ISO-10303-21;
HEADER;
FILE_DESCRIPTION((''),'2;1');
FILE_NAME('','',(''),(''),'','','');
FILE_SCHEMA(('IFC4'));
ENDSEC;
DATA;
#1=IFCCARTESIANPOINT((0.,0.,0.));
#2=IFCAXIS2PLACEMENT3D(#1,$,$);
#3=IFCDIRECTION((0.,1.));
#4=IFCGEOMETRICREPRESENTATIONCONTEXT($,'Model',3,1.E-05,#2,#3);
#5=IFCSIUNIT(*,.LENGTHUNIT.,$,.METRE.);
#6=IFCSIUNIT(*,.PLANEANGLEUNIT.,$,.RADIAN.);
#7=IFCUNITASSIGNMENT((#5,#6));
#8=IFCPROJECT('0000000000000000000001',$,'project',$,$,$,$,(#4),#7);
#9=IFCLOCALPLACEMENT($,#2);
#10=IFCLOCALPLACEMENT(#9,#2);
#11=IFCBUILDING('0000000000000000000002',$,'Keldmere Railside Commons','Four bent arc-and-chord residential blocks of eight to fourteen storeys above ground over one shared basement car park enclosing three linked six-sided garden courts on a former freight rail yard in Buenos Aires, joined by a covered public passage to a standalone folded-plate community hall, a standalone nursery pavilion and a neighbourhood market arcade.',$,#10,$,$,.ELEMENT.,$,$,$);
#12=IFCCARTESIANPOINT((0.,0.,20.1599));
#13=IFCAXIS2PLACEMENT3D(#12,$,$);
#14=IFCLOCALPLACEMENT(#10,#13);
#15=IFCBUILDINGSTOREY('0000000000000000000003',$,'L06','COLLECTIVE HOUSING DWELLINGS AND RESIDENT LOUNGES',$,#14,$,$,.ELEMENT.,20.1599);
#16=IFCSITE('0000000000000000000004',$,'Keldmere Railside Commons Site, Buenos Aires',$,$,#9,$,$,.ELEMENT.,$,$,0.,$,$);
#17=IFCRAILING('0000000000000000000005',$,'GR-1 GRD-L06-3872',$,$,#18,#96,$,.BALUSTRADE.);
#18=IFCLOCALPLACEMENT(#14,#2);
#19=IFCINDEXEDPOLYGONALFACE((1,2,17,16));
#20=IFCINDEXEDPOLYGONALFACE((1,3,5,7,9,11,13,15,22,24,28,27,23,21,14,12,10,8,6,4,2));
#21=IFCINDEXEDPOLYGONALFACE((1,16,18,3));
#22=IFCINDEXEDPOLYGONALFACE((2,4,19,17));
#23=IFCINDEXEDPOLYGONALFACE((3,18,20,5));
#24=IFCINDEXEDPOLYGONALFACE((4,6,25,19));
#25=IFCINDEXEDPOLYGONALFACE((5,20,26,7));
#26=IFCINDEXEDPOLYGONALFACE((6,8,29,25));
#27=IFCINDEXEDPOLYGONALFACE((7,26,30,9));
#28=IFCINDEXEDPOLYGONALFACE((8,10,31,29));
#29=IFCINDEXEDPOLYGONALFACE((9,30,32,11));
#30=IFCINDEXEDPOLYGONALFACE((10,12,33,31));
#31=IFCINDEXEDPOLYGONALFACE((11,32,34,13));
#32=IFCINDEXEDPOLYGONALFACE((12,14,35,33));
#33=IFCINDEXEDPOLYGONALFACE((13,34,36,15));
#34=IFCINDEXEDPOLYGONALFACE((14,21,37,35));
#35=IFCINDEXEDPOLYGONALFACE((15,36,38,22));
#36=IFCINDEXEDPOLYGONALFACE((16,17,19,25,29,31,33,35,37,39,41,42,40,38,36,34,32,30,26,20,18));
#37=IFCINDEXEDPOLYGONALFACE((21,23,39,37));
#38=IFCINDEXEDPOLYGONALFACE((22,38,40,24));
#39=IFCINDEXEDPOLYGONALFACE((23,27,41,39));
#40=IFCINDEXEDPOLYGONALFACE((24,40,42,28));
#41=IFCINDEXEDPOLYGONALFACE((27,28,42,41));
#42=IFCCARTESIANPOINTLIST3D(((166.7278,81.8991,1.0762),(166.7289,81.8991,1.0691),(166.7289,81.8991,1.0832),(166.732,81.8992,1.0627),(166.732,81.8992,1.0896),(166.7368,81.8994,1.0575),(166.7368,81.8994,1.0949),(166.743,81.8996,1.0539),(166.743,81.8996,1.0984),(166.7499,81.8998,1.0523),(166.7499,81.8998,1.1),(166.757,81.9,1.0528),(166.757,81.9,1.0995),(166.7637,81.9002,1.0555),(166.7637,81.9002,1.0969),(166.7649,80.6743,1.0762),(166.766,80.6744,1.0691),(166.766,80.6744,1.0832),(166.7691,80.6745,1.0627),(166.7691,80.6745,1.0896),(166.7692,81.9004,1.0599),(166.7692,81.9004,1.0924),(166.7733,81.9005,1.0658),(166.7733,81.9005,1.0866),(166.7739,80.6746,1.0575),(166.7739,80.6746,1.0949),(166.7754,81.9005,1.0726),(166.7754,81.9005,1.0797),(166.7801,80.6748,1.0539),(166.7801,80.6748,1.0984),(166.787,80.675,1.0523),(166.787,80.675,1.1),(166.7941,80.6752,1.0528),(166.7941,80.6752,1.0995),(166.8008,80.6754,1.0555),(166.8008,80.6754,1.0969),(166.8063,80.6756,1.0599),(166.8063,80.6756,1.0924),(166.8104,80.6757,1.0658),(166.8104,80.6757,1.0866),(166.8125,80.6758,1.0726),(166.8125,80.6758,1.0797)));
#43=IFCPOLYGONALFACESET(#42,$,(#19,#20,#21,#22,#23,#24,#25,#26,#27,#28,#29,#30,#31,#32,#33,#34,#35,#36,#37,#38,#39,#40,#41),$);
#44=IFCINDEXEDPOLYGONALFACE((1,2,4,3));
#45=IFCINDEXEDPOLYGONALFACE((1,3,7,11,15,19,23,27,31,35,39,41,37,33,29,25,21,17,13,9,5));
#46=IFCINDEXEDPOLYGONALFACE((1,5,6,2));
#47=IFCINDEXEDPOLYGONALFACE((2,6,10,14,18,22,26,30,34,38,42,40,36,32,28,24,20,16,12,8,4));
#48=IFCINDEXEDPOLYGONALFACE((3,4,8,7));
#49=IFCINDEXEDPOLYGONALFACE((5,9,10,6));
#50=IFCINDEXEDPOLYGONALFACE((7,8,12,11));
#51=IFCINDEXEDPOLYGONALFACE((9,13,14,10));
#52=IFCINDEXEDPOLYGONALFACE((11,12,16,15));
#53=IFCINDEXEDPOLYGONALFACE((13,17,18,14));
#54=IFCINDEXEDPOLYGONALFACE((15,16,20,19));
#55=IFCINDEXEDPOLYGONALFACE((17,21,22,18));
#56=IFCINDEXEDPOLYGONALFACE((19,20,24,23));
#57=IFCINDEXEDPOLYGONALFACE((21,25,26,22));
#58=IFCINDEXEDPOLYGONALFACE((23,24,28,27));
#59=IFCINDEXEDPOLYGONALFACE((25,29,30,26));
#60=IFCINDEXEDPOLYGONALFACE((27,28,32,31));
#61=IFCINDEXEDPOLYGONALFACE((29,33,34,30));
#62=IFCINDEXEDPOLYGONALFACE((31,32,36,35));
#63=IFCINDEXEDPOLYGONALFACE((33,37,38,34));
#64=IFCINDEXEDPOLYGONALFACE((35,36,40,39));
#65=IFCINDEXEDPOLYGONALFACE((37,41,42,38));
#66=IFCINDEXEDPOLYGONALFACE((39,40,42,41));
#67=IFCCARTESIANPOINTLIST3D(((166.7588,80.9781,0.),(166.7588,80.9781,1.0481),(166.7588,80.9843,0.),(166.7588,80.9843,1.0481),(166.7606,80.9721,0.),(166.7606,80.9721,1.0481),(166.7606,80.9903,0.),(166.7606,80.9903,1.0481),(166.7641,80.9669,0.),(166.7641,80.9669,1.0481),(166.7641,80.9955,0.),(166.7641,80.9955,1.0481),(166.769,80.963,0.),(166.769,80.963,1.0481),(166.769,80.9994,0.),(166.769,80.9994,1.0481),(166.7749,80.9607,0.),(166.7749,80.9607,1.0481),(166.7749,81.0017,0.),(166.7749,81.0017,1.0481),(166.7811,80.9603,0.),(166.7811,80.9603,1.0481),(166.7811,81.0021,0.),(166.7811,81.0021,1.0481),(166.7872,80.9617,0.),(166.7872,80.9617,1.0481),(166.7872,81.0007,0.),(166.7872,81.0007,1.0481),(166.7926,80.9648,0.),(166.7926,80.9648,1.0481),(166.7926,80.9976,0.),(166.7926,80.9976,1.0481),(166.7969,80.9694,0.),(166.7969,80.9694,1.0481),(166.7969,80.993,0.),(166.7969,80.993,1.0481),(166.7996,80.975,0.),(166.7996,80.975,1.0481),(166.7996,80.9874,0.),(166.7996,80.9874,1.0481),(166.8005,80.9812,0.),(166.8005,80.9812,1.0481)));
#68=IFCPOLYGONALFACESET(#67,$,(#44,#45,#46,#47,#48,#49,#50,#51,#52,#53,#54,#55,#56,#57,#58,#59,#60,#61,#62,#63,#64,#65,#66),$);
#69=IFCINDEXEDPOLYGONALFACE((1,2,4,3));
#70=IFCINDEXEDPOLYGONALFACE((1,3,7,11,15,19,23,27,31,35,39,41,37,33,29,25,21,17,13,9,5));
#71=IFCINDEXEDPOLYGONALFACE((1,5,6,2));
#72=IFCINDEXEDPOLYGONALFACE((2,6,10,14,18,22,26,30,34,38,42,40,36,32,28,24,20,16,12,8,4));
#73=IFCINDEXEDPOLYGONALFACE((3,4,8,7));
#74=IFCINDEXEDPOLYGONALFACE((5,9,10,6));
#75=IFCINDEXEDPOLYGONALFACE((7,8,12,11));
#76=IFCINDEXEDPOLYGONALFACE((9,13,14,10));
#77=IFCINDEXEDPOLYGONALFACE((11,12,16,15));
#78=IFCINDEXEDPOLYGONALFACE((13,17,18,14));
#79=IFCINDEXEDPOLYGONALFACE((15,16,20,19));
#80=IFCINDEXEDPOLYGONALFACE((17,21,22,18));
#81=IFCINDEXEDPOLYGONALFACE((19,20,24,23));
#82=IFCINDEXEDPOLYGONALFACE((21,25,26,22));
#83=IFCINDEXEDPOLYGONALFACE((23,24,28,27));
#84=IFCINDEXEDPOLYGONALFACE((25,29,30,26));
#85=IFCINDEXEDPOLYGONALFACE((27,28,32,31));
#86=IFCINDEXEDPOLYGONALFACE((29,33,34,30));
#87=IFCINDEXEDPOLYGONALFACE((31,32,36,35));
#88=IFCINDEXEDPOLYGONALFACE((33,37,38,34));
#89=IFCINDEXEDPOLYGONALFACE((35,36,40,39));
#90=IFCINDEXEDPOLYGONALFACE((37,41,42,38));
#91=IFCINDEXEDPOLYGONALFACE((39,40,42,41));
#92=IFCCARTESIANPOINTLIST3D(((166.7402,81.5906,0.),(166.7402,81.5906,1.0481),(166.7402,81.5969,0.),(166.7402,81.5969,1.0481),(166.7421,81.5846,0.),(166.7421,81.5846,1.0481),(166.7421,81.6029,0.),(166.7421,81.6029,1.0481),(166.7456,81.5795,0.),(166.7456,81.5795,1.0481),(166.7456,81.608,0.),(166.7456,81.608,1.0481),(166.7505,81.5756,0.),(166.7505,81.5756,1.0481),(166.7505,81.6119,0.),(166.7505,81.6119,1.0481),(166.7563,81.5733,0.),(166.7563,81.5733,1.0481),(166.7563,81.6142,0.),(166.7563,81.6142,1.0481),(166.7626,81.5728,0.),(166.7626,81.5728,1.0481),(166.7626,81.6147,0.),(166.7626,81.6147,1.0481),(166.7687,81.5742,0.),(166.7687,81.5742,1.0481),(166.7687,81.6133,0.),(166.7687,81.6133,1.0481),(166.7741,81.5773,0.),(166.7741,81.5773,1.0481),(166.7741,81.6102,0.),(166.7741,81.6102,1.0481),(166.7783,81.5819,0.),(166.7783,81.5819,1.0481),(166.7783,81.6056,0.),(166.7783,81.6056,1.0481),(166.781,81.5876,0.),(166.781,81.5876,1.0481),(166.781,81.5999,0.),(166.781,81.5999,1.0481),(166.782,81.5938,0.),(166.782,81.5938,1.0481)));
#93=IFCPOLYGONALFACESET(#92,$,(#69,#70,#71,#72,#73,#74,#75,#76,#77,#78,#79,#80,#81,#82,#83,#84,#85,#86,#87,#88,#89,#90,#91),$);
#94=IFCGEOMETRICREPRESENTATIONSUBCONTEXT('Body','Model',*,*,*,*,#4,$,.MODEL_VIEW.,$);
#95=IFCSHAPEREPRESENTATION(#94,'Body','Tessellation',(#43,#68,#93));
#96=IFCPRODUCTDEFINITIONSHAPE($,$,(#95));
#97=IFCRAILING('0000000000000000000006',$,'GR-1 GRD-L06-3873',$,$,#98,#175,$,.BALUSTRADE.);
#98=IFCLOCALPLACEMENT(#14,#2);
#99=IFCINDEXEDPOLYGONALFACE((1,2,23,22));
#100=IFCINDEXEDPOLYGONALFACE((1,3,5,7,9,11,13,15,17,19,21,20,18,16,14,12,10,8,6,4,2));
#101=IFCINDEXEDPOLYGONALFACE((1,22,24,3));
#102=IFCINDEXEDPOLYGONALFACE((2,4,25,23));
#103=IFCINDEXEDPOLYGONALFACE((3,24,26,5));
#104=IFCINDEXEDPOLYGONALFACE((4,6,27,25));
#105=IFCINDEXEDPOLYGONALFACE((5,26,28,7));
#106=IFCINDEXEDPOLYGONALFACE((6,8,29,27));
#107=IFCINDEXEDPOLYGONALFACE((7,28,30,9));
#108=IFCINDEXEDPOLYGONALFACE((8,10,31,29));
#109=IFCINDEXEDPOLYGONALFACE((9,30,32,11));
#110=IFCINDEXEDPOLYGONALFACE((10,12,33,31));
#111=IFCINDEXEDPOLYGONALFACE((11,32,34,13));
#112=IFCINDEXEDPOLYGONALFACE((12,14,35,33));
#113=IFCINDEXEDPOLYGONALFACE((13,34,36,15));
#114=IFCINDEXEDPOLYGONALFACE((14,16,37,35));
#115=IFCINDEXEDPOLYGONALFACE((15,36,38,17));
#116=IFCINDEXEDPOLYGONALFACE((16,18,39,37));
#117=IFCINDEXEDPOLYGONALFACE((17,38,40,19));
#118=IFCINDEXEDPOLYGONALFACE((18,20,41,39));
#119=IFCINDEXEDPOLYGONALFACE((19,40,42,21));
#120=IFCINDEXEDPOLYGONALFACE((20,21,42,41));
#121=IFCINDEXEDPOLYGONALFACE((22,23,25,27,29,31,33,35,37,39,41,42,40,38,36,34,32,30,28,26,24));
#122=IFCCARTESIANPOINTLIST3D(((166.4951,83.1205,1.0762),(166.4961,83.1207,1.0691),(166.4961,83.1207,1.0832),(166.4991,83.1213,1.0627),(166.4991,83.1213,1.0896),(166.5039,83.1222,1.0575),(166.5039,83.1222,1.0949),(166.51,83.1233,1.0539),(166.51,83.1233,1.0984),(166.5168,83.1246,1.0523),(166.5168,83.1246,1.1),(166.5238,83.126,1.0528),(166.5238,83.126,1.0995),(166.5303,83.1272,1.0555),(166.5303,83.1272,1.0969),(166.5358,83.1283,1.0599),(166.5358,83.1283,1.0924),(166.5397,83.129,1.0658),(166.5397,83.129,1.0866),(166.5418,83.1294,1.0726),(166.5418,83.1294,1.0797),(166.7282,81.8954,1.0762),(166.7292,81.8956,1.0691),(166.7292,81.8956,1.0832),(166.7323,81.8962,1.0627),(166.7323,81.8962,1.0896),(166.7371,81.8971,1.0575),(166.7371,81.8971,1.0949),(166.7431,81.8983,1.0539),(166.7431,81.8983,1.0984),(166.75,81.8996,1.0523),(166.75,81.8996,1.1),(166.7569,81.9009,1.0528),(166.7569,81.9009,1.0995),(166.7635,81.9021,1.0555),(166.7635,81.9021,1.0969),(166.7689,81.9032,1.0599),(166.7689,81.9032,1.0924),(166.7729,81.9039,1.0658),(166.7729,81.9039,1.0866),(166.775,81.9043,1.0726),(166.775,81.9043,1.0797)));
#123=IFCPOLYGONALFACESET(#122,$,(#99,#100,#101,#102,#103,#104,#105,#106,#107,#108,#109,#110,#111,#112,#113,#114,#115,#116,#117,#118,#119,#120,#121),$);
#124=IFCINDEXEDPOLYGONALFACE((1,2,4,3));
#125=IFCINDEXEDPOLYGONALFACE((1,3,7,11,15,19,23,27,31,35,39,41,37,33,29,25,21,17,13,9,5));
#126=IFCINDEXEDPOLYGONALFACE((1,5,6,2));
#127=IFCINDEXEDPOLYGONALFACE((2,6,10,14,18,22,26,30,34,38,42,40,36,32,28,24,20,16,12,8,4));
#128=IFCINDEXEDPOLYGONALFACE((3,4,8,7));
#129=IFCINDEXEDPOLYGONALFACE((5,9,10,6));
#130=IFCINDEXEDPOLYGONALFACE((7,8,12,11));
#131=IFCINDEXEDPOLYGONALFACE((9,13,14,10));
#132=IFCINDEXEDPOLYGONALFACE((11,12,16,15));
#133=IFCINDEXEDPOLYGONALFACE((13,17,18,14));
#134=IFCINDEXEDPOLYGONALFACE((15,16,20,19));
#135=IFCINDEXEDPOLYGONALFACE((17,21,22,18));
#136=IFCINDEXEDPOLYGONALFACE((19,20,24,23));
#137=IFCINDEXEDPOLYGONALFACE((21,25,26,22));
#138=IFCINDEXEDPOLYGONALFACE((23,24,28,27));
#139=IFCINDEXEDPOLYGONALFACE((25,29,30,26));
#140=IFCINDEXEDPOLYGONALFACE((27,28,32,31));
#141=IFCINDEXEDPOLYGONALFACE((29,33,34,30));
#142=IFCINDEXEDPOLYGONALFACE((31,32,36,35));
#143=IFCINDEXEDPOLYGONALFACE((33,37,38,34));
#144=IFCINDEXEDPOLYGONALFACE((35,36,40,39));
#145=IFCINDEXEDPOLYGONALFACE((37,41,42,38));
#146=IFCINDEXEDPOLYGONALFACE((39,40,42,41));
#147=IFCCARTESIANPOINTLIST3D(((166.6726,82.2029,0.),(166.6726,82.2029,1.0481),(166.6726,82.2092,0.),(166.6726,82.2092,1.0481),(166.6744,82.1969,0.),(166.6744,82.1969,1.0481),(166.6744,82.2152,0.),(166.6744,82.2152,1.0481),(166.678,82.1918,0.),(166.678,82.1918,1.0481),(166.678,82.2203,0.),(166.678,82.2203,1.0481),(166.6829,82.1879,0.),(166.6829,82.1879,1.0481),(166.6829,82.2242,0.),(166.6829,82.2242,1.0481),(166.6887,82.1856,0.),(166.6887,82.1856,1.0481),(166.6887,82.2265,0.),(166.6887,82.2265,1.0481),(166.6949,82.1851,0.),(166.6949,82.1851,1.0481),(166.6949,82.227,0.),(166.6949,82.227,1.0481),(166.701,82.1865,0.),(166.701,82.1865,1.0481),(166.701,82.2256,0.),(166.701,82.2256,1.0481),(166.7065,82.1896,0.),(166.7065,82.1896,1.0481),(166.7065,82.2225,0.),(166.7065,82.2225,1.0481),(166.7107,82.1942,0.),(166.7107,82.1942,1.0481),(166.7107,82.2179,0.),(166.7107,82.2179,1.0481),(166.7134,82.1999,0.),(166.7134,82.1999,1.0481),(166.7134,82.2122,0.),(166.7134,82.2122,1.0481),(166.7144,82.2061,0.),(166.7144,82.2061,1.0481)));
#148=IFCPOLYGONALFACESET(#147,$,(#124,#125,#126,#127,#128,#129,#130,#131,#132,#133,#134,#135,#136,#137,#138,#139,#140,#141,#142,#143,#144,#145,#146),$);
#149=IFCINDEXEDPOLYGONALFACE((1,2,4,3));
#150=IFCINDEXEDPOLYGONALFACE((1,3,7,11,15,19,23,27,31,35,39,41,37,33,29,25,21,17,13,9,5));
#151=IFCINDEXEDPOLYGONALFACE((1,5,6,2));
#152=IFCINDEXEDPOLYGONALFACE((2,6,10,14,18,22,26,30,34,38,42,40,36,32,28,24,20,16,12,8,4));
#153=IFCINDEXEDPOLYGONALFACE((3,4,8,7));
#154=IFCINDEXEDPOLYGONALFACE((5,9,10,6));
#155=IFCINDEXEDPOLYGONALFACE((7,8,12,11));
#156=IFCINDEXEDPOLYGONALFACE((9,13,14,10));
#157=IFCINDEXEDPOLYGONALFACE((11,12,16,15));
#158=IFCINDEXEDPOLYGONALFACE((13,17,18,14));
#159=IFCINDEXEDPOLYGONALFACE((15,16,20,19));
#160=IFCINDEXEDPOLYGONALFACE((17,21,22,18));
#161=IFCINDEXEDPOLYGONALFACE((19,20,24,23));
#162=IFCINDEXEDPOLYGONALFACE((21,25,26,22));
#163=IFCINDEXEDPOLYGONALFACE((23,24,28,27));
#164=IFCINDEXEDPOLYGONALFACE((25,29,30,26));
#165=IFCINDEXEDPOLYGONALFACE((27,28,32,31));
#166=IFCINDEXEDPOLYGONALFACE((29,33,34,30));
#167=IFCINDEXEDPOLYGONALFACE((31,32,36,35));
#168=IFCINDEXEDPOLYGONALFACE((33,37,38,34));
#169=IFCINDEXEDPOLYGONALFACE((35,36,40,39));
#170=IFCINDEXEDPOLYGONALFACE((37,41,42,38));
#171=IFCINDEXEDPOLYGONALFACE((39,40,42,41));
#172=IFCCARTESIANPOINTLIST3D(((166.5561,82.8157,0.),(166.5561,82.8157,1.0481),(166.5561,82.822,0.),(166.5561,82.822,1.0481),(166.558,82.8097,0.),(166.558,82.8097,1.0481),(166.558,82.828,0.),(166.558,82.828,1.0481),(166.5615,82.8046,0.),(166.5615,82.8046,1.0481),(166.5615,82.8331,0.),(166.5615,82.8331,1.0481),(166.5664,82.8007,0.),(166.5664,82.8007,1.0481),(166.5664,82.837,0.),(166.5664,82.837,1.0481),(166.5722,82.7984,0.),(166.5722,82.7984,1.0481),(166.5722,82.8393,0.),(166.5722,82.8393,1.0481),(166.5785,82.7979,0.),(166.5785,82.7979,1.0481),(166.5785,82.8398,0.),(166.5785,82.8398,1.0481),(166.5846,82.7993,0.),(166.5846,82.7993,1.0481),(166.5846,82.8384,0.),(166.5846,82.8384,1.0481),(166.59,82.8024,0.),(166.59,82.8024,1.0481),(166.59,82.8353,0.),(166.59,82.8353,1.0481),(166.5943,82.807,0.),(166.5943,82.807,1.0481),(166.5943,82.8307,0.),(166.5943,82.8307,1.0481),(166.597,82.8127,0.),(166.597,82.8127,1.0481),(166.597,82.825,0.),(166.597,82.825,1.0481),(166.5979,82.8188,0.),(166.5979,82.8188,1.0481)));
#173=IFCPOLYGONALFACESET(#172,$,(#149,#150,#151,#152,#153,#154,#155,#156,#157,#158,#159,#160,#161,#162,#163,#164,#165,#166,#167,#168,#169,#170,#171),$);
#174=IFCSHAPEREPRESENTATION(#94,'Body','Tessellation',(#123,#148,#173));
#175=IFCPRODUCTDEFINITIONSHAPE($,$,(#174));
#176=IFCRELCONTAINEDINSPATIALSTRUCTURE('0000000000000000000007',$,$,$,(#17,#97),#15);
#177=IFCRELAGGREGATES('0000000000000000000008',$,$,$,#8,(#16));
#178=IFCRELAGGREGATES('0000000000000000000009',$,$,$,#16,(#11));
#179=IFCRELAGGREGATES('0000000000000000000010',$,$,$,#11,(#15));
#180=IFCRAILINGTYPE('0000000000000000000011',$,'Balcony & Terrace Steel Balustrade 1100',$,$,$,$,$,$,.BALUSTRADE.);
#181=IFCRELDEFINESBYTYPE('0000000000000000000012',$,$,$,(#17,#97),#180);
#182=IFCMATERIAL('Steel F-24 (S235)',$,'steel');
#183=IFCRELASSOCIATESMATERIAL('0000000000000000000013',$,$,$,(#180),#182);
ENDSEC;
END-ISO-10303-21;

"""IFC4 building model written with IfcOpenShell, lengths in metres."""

from ifc_helpers import new_model, si_unit, direction, frame, origin, origin_2d, place, context, subcontext, project, spatial, circle, extrude, material, type_object, element, save


model = new_model("IFC4")

# Units and contexts
model_context = context("Model", 3, precision=1e-05, world=origin(), true_north=direction((0.0, 1.0)))
body_context = subcontext(model_context, "Body", "Model", "MODEL_VIEW")
ifc_project = project(units=[si_unit("LENGTHUNIT", "METRE"), si_unit("PLANEANGLEUNIT", "RADIAN")], contexts=[model_context])

# Site, building, storey
site_placement = place(None, origin())
site = spatial("IfcSite", under=ifc_project, at=site_placement, Name="Keldmere Railside Commons Site, Buenos Aires", CompositionType="ELEMENT", RefElevation=0.0)
building_placement = place(site_placement, origin())
building = spatial("IfcBuilding", under=site, at=building_placement, Name="Keldmere Railside Commons", Description="Four bent arc-and-chord residential blocks of eight to fourteen storeys above ground over one shared basement car park enclosing three linked six-sided garden courts on a former freight rail yard in Buenos Aires, joined by a covered public passage to a standalone folded-plate community hall, a standalone nursery pavilion and a neighbourhood market arcade.", CompositionType="ELEMENT")
storey_placement = place(building_placement, frame((0.0, 0.0, 20.1599)))
storey = spatial("IfcBuildingStorey", under=building, at=storey_placement, Name="L06", Description="COLLECTIVE HOUSING DWELLINGS AND RESIDENT LOUNGES", CompositionType="ELEMENT", Elevation=20.1599)

# Railings
ifc_material_1 = material(Name="Steel F-24 (S235)", Category="steel")
railing_type = type_object("IfcRailingType", Name="Balcony & Terrace Steel Balustrade 1100", PredefinedType="BALUSTRADE", material=ifc_material_1)
railing_1_placement = place(storey_placement, frame((166.7888, 80.675, 0.0)))
element("IfcRailing", 1, at=railing_1_placement, inside=storey, type_object=railing_type, Name="GR-1 GRD-L06-3872", PredefinedType="BALUSTRADE", context=body_context, shape_type="SweptSolid", body=[
    extrude(circle(Radius=0.0239, at=origin_2d()), frame((0.0, 0.0, 1.0762), z_axis=(-0.030283, 0.999541, 0.0), x_axis=(-0.999541, -0.030283, 0.0)), (0.0, 0.0, 1.0), 1.2253),
    extrude(circle(Radius=0.021, at=origin_2d()), frame((-0.0093, 0.3062, 0.0)), (0.0, 0.0, 1.0), 1.0481),
    extrude(circle(Radius=0.021, at=origin_2d()), frame((-0.0278, 0.9187, 0.0)), (0.0, 0.0, 1.0), 1.0481),
])
railing_2_placement = place(storey_placement, frame((166.7517, 81.8999, 0.0)))
element("IfcRailing", 2, at=railing_2_placement, inside=storey, type_object=railing_type, Name="GR-1 GRD-L06-3873", PredefinedType="BALUSTRADE", context=body_context, shape_type="SweptSolid", body=[
    extrude(circle(Radius=0.0239, at=origin_2d()), frame((0.0, 0.0, 1.0762), z_axis=(-0.186959, 0.982368, 0.0), x_axis=(-0.982368, -0.186959, 0.0)), (0.0, 0.0, 1.0), 1.2471),
    extrude(circle(Radius=0.021, at=origin_2d()), frame((-0.0583, 0.3062, 0.0)), (0.0, 0.0, 1.0), 1.0481),
    extrude(circle(Radius=0.021, at=origin_2d()), frame((-0.1748, 0.9189, 0.0)), (0.0, 0.0, 1.0), 1.0481),
])

save(model, "model.ifc")
